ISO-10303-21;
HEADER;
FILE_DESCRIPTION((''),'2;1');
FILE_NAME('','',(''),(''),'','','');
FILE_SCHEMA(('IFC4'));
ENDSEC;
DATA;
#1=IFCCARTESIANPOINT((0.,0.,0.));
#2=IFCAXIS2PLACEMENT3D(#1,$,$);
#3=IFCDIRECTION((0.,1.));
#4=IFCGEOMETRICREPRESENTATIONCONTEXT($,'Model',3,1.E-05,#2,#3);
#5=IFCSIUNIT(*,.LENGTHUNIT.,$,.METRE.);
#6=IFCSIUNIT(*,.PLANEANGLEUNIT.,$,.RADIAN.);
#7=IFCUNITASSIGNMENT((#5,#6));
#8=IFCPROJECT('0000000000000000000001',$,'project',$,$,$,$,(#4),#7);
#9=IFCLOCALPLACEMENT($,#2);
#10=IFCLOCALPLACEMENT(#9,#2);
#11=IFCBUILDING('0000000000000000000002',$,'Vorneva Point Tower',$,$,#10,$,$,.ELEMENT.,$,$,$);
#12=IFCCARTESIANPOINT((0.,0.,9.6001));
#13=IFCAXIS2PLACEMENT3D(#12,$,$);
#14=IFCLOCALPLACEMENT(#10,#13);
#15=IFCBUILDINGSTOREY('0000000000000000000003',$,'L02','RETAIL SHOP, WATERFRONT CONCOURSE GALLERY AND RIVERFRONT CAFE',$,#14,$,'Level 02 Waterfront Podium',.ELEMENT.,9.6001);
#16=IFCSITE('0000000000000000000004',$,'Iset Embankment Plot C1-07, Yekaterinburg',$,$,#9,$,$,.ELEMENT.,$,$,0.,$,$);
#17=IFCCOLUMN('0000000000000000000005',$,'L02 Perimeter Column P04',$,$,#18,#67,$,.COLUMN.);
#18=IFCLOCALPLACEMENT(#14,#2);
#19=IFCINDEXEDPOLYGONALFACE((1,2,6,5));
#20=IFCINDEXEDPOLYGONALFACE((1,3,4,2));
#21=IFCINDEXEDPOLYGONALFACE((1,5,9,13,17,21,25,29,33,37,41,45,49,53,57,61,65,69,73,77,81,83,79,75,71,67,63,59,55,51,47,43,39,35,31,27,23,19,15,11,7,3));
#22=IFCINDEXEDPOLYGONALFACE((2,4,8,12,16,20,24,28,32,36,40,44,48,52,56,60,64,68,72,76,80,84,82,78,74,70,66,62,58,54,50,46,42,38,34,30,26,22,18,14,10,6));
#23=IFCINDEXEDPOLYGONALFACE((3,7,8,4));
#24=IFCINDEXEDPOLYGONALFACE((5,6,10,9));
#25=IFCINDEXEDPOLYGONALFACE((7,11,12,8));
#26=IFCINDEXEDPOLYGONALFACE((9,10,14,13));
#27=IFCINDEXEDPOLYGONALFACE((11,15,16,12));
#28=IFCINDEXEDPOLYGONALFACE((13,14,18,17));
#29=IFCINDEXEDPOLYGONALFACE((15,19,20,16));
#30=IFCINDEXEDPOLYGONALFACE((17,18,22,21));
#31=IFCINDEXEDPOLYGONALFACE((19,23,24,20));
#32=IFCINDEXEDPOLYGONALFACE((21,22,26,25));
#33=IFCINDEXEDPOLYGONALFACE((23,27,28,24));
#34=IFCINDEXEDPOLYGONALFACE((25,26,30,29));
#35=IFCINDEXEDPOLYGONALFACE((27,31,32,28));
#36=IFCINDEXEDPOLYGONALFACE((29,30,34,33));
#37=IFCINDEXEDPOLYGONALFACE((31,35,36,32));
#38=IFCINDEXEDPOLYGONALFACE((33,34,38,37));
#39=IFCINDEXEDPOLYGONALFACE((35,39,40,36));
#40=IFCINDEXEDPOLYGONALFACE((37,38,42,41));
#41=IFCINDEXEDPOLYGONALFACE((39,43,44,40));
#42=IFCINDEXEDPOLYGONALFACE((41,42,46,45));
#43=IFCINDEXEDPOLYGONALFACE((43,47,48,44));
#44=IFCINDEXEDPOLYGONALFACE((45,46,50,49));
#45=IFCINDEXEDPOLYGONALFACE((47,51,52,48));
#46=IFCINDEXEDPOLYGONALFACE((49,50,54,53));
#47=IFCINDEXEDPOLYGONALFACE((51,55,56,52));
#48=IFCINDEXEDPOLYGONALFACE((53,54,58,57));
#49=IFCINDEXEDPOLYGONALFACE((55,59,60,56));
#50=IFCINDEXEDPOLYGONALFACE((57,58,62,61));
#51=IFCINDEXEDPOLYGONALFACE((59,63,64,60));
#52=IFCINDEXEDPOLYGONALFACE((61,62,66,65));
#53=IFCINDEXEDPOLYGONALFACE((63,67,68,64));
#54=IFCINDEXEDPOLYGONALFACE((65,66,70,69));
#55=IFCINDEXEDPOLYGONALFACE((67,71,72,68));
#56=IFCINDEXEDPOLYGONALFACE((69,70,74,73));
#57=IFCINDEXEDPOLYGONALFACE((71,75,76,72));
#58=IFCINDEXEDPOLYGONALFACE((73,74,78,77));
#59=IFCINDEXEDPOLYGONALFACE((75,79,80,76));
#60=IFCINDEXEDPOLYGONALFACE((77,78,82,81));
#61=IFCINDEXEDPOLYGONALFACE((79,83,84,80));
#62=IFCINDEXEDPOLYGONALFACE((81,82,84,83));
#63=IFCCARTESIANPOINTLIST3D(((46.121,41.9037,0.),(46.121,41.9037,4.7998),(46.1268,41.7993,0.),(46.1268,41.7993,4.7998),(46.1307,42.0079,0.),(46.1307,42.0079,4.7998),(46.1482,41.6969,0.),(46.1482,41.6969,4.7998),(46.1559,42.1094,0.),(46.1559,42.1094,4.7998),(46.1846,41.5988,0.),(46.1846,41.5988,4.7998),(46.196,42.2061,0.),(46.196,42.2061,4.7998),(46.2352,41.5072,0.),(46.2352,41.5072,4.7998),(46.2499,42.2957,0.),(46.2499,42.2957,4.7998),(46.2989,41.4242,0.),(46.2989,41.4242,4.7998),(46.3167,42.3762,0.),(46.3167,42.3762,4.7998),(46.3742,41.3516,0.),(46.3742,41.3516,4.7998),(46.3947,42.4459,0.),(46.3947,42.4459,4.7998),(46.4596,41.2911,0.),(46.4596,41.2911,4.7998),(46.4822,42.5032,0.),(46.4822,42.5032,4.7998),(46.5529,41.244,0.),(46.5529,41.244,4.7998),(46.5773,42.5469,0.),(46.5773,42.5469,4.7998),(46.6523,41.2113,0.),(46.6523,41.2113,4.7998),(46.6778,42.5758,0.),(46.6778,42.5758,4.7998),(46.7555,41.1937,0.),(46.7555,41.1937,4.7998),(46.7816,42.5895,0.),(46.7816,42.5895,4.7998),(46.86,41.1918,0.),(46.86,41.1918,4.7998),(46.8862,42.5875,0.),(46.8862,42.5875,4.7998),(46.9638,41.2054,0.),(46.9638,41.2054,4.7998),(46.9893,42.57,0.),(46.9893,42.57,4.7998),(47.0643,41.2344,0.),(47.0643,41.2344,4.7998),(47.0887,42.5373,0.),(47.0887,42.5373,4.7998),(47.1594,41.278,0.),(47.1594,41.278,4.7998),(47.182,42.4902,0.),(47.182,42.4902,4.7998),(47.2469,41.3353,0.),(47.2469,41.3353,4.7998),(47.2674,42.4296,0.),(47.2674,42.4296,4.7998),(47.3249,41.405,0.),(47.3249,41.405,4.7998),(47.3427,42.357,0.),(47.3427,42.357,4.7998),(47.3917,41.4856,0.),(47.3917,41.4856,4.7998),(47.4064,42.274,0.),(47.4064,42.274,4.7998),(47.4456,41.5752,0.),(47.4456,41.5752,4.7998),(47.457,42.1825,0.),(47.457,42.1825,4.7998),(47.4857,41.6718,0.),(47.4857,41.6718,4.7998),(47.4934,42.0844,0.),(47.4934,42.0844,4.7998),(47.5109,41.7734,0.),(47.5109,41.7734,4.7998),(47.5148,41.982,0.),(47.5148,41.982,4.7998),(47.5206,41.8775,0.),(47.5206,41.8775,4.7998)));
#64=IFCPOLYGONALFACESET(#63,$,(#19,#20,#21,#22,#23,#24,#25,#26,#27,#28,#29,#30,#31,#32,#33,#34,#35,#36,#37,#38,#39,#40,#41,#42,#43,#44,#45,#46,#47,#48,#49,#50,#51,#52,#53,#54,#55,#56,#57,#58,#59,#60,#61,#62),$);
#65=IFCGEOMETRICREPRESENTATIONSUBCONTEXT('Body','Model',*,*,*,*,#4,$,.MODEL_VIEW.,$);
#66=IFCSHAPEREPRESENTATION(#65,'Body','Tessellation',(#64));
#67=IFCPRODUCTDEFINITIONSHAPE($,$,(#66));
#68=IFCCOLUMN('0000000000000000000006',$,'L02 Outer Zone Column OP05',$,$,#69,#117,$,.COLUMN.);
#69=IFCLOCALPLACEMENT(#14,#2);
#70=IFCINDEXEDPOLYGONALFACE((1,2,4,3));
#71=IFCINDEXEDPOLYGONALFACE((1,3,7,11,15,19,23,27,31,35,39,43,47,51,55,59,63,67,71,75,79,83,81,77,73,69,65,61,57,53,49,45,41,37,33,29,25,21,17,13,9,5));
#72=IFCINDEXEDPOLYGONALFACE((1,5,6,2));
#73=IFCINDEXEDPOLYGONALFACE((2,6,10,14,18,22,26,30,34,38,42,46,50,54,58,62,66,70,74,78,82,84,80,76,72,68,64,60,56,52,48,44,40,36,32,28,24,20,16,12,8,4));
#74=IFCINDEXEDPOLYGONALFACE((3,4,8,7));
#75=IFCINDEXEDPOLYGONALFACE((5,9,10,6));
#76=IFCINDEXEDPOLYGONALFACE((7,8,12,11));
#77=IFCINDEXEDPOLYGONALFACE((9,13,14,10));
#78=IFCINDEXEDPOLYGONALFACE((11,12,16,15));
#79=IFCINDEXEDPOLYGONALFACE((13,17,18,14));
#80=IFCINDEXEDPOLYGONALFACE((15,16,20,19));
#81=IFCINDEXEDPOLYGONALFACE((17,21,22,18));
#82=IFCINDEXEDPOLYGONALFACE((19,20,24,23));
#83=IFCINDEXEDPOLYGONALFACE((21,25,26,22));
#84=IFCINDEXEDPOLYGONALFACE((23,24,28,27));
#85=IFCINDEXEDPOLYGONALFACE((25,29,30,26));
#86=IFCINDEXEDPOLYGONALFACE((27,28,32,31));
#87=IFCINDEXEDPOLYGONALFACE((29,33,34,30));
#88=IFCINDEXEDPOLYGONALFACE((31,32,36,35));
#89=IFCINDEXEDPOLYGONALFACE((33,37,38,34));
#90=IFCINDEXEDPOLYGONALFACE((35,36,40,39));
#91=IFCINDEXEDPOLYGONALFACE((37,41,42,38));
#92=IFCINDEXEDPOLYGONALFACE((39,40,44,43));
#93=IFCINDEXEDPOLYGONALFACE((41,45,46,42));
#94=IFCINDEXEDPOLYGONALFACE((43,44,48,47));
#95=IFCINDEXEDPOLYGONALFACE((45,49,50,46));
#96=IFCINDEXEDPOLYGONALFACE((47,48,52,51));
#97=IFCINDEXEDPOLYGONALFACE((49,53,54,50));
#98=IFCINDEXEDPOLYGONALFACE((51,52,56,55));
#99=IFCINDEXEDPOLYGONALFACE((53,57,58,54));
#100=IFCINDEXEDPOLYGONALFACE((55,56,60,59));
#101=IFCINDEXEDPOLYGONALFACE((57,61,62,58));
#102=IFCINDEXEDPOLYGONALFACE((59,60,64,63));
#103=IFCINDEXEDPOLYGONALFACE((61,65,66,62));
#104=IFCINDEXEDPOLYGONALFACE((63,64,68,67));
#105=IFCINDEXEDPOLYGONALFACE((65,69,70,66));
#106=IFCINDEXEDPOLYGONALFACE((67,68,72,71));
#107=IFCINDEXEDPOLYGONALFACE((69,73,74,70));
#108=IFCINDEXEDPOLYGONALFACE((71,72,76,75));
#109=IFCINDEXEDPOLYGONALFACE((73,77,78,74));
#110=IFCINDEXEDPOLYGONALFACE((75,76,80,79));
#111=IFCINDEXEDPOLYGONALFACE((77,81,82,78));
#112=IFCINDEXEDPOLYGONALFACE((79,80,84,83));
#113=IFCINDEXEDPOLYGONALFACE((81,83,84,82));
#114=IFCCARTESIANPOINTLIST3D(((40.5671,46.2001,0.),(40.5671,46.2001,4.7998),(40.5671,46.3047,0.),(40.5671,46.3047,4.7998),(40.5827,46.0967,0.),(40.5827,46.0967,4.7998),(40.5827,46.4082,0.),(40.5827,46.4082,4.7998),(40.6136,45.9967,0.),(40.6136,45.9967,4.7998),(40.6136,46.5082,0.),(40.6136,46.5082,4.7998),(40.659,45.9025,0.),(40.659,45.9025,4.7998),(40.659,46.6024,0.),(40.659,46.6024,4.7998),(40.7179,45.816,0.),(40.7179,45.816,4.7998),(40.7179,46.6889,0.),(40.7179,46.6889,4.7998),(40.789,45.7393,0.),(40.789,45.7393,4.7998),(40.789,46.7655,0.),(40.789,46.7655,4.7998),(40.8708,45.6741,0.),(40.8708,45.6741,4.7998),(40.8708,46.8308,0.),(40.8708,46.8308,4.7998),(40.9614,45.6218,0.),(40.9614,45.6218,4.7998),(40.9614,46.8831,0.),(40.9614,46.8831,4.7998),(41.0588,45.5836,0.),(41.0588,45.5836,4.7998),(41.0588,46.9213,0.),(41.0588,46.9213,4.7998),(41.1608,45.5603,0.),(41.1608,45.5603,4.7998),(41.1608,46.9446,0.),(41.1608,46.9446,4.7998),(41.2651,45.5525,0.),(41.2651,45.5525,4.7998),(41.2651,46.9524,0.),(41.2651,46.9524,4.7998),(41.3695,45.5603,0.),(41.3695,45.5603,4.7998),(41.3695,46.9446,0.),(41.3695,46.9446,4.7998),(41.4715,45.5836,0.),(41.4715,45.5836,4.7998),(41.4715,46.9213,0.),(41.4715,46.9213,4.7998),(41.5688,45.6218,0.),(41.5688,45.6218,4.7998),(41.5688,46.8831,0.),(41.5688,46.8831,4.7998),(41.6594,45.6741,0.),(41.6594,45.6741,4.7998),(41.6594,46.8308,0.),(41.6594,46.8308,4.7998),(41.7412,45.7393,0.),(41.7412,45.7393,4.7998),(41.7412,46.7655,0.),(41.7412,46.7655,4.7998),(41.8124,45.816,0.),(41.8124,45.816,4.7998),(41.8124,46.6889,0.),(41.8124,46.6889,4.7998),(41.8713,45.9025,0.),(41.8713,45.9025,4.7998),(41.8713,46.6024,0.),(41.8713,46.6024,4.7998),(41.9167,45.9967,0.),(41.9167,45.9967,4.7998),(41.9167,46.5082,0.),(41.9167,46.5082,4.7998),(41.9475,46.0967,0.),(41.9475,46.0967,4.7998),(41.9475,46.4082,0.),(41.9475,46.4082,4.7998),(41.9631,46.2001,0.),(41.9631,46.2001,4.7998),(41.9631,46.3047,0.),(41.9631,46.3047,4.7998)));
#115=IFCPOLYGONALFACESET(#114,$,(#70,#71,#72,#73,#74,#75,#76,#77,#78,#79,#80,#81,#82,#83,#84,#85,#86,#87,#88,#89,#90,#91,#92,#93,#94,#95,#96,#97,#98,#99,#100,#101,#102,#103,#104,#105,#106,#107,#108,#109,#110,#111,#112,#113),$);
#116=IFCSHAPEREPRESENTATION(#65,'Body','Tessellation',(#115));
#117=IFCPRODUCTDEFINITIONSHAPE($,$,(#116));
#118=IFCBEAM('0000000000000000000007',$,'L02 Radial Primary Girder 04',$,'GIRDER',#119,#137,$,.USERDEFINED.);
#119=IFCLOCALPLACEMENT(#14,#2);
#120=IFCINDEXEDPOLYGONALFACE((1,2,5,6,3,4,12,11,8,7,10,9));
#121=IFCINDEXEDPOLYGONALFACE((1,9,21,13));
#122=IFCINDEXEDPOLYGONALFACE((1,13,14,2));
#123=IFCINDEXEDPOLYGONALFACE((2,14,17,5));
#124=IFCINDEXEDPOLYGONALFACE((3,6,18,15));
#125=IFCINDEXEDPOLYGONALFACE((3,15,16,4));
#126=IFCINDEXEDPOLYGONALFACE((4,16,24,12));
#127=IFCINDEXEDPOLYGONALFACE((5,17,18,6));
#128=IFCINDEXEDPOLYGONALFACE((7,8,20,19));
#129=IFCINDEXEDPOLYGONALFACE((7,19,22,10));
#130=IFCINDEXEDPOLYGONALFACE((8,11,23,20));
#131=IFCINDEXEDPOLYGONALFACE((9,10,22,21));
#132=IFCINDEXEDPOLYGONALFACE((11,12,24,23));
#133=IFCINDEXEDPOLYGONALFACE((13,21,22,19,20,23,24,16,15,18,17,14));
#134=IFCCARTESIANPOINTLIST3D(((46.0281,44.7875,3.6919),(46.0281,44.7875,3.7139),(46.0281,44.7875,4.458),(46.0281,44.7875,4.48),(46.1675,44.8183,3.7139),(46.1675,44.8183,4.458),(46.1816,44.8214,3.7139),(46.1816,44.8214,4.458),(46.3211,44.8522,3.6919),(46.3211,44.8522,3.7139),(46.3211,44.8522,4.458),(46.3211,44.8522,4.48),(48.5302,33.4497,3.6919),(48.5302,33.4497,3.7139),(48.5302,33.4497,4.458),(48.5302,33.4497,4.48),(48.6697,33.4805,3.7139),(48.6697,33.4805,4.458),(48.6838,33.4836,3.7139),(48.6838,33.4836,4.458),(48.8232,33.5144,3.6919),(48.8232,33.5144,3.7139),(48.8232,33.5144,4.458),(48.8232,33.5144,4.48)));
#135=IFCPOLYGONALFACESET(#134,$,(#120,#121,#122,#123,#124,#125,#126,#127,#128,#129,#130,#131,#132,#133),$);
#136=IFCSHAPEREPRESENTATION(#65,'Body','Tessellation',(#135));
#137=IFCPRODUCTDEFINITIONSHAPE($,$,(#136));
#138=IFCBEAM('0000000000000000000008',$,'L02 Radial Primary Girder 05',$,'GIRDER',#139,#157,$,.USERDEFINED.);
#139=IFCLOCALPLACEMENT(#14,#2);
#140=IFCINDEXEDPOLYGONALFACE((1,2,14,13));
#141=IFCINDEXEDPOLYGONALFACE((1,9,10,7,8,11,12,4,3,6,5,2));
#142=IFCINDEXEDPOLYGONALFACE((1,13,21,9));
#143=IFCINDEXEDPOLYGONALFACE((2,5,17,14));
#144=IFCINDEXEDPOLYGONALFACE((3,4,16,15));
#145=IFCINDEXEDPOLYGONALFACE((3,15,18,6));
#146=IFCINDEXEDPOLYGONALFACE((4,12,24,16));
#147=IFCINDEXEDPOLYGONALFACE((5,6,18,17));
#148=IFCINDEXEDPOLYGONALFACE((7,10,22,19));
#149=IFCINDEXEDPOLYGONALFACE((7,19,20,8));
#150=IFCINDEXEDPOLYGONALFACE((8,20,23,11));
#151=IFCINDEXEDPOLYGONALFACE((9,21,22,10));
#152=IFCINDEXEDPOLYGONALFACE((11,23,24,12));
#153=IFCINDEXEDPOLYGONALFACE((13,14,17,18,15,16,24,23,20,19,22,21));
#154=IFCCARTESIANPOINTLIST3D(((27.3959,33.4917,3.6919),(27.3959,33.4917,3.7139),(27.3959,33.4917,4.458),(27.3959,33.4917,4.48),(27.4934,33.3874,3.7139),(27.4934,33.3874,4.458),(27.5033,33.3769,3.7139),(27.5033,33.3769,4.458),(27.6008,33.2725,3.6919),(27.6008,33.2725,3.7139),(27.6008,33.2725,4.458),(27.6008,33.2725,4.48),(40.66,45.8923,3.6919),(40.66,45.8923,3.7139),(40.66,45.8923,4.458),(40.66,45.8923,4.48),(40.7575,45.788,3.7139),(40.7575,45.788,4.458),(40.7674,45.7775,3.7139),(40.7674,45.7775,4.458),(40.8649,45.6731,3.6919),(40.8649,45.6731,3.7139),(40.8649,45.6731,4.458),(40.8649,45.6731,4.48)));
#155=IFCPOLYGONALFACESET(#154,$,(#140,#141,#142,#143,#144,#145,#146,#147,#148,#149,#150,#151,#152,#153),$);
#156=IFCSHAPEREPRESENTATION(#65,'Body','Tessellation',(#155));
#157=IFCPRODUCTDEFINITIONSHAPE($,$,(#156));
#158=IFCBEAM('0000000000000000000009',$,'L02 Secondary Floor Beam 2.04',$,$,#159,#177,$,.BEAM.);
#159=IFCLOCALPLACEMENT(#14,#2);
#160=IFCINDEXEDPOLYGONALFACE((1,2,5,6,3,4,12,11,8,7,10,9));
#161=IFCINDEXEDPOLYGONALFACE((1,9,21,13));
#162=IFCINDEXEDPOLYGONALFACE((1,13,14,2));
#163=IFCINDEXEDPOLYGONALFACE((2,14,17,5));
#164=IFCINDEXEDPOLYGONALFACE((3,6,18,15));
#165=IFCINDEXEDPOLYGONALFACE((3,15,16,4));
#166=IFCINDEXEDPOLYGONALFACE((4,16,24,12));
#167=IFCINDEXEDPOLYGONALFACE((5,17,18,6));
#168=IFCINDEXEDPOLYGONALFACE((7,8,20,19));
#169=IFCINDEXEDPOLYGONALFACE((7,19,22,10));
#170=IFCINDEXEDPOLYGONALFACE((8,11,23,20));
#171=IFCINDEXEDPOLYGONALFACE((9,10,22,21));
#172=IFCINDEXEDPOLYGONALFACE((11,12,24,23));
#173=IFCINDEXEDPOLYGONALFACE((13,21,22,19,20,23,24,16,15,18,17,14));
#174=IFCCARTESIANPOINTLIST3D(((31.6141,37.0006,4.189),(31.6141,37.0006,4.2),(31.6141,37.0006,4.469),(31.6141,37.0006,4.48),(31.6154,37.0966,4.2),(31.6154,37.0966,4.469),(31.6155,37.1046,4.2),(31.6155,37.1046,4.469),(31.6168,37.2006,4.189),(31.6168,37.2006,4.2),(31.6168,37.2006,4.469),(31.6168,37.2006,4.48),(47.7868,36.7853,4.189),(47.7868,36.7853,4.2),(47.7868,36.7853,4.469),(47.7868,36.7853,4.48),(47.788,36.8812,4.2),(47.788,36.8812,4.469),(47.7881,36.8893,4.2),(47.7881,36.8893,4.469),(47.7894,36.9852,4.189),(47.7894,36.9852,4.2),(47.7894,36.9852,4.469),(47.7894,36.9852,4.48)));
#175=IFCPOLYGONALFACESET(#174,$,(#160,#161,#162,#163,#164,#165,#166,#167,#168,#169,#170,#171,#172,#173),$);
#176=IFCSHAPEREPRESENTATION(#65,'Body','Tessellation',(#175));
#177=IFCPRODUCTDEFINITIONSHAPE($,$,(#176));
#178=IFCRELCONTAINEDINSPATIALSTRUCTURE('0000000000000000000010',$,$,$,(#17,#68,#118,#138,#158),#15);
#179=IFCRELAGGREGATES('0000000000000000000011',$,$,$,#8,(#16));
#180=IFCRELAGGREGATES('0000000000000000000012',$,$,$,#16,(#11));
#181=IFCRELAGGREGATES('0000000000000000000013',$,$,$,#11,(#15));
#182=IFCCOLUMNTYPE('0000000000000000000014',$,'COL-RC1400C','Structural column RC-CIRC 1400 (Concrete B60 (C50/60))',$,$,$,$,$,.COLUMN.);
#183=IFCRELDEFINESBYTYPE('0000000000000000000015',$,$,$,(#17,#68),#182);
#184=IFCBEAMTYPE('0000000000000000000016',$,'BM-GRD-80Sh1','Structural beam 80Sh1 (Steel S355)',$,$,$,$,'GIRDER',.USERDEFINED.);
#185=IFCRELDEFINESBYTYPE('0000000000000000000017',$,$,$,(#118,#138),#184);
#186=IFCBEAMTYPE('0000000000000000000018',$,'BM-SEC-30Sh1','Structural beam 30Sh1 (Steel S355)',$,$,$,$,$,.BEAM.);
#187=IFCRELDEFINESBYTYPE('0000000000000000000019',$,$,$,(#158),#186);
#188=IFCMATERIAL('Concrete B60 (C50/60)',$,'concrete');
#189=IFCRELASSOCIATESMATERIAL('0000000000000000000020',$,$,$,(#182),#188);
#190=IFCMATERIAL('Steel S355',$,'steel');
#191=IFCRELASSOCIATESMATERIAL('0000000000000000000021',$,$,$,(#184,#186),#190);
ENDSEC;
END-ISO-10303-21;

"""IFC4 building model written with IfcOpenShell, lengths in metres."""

from ifc_helpers import new_model, si_unit, direction, frame, origin, origin_2d, place, context, subcontext, project, spatial, circle, i_section, extrude, material, material_profile, profile_set, type_object, element, save


model = new_model("IFC4")

# Units and contexts
model_context = context("Model", 3, precision=1e-05, world=origin(), true_north=direction((0.0, 1.0)))
body_context = subcontext(model_context, "Body", "Model", "MODEL_VIEW")
ifc_project = project(units=[si_unit("LENGTHUNIT", "METRE"), si_unit("PLANEANGLEUNIT", "RADIAN")], contexts=[model_context])

# Site, building, storey
site_placement = place(None, origin())
site = spatial("IfcSite", under=ifc_project, at=site_placement, Name="Iset Embankment Plot C1-07, Yekaterinburg", CompositionType="ELEMENT", RefElevation=0.0)
building_placement = place(site_placement, origin())
building = spatial("IfcBuilding", under=site, at=building_placement, Name="Vorneva Point Tower", CompositionType="ELEMENT")
storey_placement = place(building_placement, frame((0.0, 0.0, 9.6001)))
storey = spatial("IfcBuildingStorey", under=building, at=storey_placement, Name="L02", Description="RETAIL SHOP, WATERFRONT CONCOURSE GALLERY AND RIVERFRONT CAFE", LongName="Level 02 Waterfront Podium", CompositionType="ELEMENT", Elevation=9.6001)

# Columns
ifc_material_1 = material(Name="Concrete B60 (C50/60)", Category="concrete")
ifc_material_profile_1 = material_profile(ifc_material_1, circle(Radius=0.7, at=origin_2d()), Name="RC-CIRC 1400")
ifc_profile_set_1 = profile_set([ifc_material_profile_1], Name="Concrete B60 (C50/60)")
column_type = type_object("IfcColumnType", Name="COL-RC1400C", Description="Structural column RC-CIRC 1400 (Concrete B60 (C50/60))", PredefinedType="COLUMN", material=ifc_profile_set_1)
for number, where, z_axis, x_axis, name in (
    (1, (46.8208, 41.8906, 0.0), (0.0, 0.0, 1.0), (0.382683, 0.92388, 0.0), "L02 Perimeter Column P04"),
    (2, (41.2651, 46.2524, 0.0), (0.0, 0.0, 1.0), (0.0, 1.0, 0.0), "L02 Outer Zone Column OP05"),
):
    element("IfcColumn", number, at=place(storey_placement, frame(where, z_axis=z_axis, x_axis=x_axis)), inside=storey, type_object=column_type, Name=name, PredefinedType="COLUMN", context=body_context, shape_type="SweptSolid", body=[
        extrude(circle(Radius=0.7, at=origin_2d()), origin(), (0.0, 0.0, 1.0), 4.7998),
    ])

# Beams
ifc_material_2 = material(Name="Steel S355", Category="steel")
ifc_material_profile_2 = material_profile(ifc_material_2, i_section(OverallWidth=0.3, OverallDepth=0.7881, WebThickness=0.0144, FlangeThickness=0.022, at=origin_2d()), Name="80Sh1")
ifc_profile_set_2 = profile_set([ifc_material_profile_2], Name="Steel S355")
beam_type_1 = type_object("IfcBeamType", Name="BM-GRD-80Sh1", Description="Structural beam 80Sh1 (Steel S355)", ElementType="GIRDER", PredefinedType="USERDEFINED", material=ifc_profile_set_2)
beam_1_placement = place(storey_placement, frame((46.1746, 44.8198, 4.0859), z_axis=(0.215508, -0.976502, 0.0), x_axis=(0.976502, 0.215508, 0.0)))
element("IfcBeam", 3, at=beam_1_placement, inside=storey, type_object=beam_type_1, Name="L02 Radial Primary Girder 04", ObjectType="GIRDER", PredefinedType="USERDEFINED", context=body_context, shape_type="SweptSolid", body=[
    extrude(i_section(OverallWidth=0.3, OverallDepth=0.7881, WebThickness=0.0144, FlangeThickness=0.022, at=origin_2d()), origin(), (0.0, 0.0, 1.0), 11.6106),
])
beam_2_placement = place(storey_placement, frame((40.7625, 45.7827, 4.0859), z_axis=(-0.730485, -0.682929, 0.0), x_axis=(0.682929, -0.730485, 0.0)))
element("IfcBeam", 4, at=beam_2_placement, inside=storey, type_object=beam_type_1, Name="L02 Radial Primary Girder 05", ObjectType="GIRDER", PredefinedType="USERDEFINED", context=body_context, shape_type="SweptSolid", body=[
    extrude(i_section(OverallWidth=0.3, OverallDepth=0.7881, WebThickness=0.0144, FlangeThickness=0.022, at=origin_2d()), origin(), (0.0, 0.0, 1.0), 18.158),
])
ifc_material_profile_3 = material_profile(ifc_material_2, i_section(OverallWidth=0.2, OverallDepth=0.291, WebThickness=0.0081, FlangeThickness=0.011, at=origin_2d()), Name="30Sh1")
ifc_profile_set_3 = profile_set([ifc_material_profile_3], Name="Steel S355")
beam_type_2 = type_object("IfcBeamType", Name="BM-SEC-30Sh1", Description="Structural beam 30Sh1 (Steel S355)", PredefinedType="BEAM", material=ifc_profile_set_3)
beam_3_placement = place(storey_placement, frame((47.7881, 36.8853, 4.3345), z_axis=(-0.999911, 0.013313, 0.0), x_axis=(-0.013313, -0.999911, 0.0)))
element("IfcBeam", 5, at=beam_3_placement, inside=storey, type_object=beam_type_2, Name="L02 Secondary Floor Beam 2.04", PredefinedType="BEAM", context=body_context, shape_type="SweptSolid", body=[
    extrude(i_section(OverallWidth=0.2, OverallDepth=0.291, WebThickness=0.0081, FlangeThickness=0.011, at=origin_2d()), origin(), (0.0, 0.0, 1.0), 16.1741),
])

save(model, "model.ifc")
